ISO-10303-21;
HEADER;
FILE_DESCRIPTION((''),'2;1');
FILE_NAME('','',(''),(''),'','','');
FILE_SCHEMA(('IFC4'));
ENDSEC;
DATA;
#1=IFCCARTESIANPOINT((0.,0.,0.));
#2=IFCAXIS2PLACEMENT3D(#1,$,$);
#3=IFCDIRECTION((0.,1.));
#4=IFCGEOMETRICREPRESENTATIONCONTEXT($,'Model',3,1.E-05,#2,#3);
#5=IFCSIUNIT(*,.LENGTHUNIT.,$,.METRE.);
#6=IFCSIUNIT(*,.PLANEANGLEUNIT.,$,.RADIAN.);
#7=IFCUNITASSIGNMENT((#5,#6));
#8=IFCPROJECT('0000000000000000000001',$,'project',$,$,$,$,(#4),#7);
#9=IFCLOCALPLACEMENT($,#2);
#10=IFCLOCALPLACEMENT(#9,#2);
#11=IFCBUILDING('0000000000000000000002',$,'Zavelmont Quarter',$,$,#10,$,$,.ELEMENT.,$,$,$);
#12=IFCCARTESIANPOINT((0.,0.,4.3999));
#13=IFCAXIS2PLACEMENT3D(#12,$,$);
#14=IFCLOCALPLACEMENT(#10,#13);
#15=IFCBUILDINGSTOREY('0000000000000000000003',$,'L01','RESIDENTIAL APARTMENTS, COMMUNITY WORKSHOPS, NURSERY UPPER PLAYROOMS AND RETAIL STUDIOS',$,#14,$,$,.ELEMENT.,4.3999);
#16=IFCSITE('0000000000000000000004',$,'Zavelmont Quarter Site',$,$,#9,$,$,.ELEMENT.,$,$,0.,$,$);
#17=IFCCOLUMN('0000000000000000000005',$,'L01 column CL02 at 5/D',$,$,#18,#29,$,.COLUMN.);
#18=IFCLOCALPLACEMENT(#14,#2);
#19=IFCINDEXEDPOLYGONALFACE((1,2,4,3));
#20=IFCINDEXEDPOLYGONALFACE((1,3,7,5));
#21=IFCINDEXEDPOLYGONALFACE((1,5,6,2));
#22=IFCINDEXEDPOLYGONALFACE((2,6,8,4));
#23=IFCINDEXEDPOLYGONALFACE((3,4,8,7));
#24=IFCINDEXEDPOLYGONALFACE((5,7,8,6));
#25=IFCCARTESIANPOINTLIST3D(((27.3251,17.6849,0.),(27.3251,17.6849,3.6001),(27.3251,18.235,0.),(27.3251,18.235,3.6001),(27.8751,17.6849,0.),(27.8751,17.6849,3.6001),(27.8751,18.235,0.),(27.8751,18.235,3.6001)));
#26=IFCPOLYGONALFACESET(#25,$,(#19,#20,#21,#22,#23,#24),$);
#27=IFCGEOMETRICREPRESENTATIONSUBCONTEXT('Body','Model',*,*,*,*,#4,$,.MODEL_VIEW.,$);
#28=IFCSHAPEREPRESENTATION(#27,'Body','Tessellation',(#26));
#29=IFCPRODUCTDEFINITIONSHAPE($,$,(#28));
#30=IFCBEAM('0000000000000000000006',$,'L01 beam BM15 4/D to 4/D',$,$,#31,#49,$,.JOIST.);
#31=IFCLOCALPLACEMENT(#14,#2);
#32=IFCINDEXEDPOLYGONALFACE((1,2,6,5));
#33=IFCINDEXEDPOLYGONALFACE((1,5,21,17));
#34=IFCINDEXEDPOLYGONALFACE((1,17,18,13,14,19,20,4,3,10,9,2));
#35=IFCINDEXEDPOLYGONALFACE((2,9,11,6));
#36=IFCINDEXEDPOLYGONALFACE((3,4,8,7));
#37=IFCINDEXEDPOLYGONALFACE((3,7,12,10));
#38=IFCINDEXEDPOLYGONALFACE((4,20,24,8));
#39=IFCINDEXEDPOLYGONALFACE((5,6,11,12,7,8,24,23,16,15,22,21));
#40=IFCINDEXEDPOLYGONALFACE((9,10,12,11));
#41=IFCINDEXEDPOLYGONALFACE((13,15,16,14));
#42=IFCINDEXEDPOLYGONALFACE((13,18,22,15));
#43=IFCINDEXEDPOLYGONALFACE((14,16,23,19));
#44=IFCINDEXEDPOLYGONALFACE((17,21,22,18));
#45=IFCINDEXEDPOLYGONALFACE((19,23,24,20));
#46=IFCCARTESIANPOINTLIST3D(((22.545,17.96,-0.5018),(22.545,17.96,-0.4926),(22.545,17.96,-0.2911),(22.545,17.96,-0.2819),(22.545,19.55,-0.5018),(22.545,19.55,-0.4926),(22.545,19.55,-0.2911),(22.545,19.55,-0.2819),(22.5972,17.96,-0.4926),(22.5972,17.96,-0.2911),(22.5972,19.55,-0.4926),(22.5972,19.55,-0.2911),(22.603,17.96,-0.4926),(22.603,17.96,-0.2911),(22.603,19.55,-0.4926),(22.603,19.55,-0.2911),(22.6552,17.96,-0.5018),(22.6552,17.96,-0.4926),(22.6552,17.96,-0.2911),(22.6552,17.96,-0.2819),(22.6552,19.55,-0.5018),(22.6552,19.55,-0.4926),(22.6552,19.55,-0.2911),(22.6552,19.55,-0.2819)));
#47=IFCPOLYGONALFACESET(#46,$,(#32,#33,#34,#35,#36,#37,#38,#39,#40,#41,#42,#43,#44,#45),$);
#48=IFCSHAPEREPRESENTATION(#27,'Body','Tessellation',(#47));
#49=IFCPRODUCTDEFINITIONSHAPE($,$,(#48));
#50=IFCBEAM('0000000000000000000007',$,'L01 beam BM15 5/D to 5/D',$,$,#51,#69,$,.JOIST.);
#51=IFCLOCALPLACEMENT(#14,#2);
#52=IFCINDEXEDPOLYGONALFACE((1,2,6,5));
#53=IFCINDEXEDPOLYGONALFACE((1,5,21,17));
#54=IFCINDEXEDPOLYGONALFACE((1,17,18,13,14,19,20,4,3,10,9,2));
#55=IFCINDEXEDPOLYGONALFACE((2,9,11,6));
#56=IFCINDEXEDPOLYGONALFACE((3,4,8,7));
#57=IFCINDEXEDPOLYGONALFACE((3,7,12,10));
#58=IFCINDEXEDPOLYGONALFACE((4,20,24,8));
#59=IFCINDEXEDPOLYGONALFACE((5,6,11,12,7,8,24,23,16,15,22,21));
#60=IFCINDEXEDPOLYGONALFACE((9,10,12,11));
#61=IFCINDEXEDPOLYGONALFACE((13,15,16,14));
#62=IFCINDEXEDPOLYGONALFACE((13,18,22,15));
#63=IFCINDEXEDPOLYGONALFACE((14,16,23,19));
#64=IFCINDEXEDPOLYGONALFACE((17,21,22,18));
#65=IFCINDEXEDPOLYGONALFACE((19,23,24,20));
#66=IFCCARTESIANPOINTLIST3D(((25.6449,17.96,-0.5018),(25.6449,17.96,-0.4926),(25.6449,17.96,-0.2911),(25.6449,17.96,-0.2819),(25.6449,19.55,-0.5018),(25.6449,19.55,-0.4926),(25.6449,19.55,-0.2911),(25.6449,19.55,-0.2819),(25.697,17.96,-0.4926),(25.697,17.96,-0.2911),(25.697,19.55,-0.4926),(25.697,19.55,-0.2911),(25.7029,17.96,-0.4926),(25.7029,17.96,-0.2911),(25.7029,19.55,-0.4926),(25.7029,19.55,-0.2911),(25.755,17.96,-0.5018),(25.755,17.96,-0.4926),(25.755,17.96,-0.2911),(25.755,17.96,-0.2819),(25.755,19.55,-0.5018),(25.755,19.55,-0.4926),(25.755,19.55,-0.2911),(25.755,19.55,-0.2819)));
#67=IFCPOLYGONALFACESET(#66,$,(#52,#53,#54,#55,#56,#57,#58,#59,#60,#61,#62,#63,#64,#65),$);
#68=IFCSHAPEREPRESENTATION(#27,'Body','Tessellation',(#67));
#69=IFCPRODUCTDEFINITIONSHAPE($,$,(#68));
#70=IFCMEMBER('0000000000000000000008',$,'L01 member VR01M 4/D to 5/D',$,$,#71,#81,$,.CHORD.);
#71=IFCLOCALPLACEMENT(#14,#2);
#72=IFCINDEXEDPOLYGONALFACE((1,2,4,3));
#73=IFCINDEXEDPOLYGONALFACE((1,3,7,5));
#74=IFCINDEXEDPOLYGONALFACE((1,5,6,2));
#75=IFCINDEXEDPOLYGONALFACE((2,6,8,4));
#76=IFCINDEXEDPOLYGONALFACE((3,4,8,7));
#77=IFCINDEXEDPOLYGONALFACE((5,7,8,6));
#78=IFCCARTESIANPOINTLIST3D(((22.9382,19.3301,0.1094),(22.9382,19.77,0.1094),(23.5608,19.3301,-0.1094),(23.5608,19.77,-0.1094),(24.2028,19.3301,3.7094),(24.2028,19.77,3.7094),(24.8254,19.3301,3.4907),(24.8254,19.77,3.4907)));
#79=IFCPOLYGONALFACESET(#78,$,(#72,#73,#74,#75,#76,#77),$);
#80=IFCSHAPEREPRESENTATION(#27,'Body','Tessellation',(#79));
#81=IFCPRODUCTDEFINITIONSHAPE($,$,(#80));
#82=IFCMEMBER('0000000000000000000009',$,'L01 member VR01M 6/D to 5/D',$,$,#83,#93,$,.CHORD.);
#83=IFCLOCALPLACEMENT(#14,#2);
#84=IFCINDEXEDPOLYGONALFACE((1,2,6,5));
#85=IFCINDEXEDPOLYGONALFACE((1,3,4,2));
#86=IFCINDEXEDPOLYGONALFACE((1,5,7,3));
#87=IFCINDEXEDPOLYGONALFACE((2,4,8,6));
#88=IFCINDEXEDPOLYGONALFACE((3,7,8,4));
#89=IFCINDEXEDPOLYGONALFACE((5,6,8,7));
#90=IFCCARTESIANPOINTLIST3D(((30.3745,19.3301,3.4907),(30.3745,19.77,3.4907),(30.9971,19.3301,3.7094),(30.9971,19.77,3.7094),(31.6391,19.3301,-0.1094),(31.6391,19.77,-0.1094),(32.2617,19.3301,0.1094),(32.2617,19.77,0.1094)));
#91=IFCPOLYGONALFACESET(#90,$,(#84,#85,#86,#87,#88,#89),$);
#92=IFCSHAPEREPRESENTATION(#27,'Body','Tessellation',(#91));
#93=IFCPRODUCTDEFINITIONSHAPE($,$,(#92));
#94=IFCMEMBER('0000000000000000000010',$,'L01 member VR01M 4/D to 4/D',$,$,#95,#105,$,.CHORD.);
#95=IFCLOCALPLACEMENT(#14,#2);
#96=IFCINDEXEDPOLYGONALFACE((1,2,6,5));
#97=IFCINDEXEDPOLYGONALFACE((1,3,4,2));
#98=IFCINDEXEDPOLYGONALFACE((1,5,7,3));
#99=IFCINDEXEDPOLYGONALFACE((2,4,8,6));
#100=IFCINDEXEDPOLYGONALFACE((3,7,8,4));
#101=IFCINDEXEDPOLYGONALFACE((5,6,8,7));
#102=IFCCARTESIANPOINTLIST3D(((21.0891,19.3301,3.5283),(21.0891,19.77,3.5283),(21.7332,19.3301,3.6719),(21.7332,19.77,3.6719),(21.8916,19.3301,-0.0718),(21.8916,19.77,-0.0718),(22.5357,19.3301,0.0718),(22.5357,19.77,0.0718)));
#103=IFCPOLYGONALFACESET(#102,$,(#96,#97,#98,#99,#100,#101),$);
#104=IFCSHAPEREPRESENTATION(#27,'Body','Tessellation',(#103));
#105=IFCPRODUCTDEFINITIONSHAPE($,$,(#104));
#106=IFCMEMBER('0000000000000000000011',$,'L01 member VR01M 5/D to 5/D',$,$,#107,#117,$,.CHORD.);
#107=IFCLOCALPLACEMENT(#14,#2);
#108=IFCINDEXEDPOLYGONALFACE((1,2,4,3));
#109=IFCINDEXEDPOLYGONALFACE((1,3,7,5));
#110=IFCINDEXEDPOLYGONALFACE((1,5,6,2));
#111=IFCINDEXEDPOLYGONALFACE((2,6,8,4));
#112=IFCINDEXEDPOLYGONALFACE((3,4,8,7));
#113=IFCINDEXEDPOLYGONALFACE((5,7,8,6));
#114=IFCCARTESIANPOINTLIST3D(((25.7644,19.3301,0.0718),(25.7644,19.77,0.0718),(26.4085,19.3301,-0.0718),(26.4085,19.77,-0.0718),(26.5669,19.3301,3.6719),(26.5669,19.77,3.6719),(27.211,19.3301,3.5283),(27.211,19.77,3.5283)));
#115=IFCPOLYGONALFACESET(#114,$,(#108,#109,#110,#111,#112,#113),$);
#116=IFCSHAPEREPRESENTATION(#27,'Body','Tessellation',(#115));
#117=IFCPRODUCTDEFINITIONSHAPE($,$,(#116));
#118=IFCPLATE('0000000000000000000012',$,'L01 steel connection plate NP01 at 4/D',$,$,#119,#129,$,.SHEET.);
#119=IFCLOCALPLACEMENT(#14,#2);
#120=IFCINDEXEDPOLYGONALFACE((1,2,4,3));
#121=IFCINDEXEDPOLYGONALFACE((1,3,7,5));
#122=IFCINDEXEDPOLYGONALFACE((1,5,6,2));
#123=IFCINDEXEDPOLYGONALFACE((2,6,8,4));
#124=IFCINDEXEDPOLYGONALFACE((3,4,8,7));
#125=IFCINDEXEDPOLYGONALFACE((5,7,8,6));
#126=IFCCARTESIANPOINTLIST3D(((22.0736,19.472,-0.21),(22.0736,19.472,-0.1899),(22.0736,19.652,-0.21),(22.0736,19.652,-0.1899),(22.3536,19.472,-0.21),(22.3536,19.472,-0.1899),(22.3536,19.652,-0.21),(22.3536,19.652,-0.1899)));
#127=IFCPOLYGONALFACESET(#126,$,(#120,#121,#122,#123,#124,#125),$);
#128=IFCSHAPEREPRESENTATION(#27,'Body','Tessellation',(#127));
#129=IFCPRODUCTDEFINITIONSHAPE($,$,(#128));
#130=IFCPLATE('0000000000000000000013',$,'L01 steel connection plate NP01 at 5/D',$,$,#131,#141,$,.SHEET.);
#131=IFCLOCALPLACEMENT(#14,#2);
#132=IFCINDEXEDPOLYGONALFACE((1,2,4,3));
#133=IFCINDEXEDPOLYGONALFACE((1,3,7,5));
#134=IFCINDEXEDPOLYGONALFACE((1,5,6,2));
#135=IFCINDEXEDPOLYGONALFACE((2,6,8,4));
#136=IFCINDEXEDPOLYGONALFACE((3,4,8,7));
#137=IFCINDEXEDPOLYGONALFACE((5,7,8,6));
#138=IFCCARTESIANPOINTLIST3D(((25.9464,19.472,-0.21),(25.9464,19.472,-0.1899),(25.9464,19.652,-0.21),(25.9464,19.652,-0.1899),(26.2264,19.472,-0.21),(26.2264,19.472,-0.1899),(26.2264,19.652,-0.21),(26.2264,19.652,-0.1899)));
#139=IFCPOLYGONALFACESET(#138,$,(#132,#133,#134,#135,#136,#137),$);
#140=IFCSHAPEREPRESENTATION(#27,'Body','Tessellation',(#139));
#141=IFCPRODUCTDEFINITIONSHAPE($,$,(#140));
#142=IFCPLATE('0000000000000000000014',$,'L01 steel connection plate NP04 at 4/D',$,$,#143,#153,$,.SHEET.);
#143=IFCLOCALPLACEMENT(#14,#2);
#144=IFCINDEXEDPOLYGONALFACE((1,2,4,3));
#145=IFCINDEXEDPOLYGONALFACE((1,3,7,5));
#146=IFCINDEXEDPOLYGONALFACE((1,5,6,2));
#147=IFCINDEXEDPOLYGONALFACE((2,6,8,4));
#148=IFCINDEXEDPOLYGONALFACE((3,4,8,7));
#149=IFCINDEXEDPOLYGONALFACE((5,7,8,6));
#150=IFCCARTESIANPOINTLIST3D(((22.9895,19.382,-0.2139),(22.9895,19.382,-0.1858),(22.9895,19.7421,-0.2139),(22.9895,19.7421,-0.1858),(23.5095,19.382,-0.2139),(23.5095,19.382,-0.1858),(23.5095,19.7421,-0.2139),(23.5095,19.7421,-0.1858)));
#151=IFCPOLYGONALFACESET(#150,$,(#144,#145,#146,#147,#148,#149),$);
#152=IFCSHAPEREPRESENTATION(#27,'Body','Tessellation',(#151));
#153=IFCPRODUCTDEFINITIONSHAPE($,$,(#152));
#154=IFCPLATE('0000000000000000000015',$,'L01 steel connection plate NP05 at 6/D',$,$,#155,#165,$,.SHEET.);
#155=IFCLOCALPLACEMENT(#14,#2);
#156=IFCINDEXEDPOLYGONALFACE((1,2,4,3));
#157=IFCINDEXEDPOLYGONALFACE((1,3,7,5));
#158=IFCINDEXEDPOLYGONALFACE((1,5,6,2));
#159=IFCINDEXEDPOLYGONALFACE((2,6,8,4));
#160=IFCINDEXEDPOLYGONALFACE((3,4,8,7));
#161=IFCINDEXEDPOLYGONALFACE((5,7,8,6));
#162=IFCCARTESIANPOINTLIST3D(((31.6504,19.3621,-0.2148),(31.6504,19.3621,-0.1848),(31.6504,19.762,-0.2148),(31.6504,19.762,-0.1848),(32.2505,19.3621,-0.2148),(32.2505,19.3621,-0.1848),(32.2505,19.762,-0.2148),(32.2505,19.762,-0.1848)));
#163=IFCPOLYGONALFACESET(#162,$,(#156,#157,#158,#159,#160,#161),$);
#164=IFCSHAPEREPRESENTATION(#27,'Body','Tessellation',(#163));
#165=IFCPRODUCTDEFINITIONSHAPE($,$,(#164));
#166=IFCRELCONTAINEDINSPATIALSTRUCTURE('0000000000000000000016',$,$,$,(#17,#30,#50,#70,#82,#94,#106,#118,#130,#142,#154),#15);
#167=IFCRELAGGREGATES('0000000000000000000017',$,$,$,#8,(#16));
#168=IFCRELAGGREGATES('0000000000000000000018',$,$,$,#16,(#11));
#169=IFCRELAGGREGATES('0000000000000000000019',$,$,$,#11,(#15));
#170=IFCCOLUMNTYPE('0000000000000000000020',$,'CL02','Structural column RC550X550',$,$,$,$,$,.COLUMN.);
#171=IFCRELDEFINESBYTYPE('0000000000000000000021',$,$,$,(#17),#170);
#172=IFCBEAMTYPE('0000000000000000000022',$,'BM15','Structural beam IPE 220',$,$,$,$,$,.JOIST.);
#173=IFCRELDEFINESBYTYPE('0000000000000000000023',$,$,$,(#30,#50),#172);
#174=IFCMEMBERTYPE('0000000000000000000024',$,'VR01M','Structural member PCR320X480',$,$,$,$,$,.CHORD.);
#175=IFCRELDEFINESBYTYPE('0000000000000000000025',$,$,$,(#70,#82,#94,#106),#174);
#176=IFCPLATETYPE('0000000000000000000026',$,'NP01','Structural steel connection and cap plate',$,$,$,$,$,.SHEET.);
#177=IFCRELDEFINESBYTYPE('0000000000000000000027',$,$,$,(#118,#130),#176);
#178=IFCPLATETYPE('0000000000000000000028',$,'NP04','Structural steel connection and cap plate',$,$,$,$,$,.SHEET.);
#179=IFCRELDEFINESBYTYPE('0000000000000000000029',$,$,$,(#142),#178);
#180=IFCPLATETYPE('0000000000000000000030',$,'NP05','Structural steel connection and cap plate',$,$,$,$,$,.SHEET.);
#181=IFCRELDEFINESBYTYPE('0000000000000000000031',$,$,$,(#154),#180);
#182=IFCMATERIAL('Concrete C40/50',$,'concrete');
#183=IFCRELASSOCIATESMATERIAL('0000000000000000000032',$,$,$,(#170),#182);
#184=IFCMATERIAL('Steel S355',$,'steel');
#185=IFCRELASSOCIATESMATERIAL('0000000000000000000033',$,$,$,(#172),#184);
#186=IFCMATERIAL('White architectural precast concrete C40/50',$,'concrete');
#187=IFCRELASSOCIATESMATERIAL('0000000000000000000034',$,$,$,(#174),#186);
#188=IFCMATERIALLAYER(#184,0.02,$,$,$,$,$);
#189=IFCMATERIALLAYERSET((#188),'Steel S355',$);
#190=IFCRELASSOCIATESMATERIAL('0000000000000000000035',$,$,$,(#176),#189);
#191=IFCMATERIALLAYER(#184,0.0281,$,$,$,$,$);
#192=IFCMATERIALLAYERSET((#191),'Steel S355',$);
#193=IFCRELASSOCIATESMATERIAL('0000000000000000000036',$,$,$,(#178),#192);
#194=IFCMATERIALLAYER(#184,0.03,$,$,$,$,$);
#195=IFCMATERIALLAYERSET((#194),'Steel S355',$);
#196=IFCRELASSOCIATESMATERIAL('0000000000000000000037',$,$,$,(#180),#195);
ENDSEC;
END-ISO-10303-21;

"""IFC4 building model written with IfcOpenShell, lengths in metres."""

from ifc_helpers import new_model, si_unit, direction, frame, origin, origin_2d, place, context, subcontext, project, spatial, rectangle, i_section, extrude, material, layer, layer_set, material_profile, profile_set, type_object, element, save


model = new_model("IFC4")

# Units and contexts
model_context = context("Model", 3, precision=1e-05, world=origin(), true_north=direction((0.0, 1.0)))
body_context = subcontext(model_context, "Body", "Model", "MODEL_VIEW")
ifc_project = project(units=[si_unit("LENGTHUNIT", "METRE"), si_unit("PLANEANGLEUNIT", "RADIAN")], contexts=[model_context])

# Site, building, storey
site_placement = place(None, origin())
site = spatial("IfcSite", under=ifc_project, at=site_placement, Name="Zavelmont Quarter Site", CompositionType="ELEMENT", RefElevation=0.0)
building_placement = place(site_placement, origin())
building = spatial("IfcBuilding", under=site, at=building_placement, Name="Zavelmont Quarter", CompositionType="ELEMENT")
storey_placement = place(building_placement, frame((0.0, 0.0, 4.3999)))
storey = spatial("IfcBuildingStorey", under=building, at=storey_placement, Name="L01", Description="RESIDENTIAL APARTMENTS, COMMUNITY WORKSHOPS, NURSERY UPPER PLAYROOMS AND RETAIL STUDIOS", CompositionType="ELEMENT", Elevation=4.3999)

# Column
ifc_material_1 = material(Name="Concrete C40/50", Category="concrete")
ifc_material_profile_1 = material_profile(ifc_material_1, rectangle(XDim=0.55, YDim=0.55, at=origin_2d()), Name="RC550X550")
ifc_profile_set_1 = profile_set([ifc_material_profile_1], Name="Concrete C40/50")
column_type = type_object("IfcColumnType", Name="CL02", Description="Structural column RC550X550", PredefinedType="COLUMN", material=ifc_profile_set_1)
column_placement = place(storey_placement, frame((27.6001, 17.96, 0.0), z_axis=(0.0, 0.0, 1.0), x_axis=(1.0, 0.0, 0.0)))
element("IfcColumn", 1, at=column_placement, inside=storey, type_object=column_type, Name="L01 column CL02 at 5/D", PredefinedType="COLUMN", context=body_context, shape_type="SweptSolid", body=[
    extrude(rectangle(XDim=0.55, YDim=0.55, at=origin_2d()), origin(), (0.0, 0.0, 1.0), 3.6001),
])

# Beams
ifc_material_2 = material(Name="Steel S355", Category="steel")
ifc_material_profile_2 = material_profile(ifc_material_2, i_section(OverallWidth=0.1101, OverallDepth=0.22, WebThickness=0.0059, FlangeThickness=0.0093, at=origin_2d()), Name="IPE 220")
ifc_profile_set_2 = profile_set([ifc_material_profile_2], Name="Steel S355")
beam_type = type_object("IfcBeamType", Name="BM15", Description="Structural beam IPE 220", PredefinedType="JOIST", material=ifc_profile_set_2)
for number, where, z_axis, x_axis, name in (
    (2, (22.6001, 17.96, -0.3918), (0.0, 1.0, 0.0), (-1.0, 0.0, 0.0), "L01 beam BM15 4/D to 4/D"),
    (3, (25.7, 17.96, -0.3918), (0.0, 1.0, 0.0), (-1.0, 0.0, 0.0), "L01 beam BM15 5/D to 5/D"),
):
    element("IfcBeam", number, at=place(storey_placement, frame(where, z_axis=z_axis, x_axis=x_axis)), inside=storey, type_object=beam_type, Name=name, PredefinedType="JOIST", context=body_context, shape_type="SweptSolid", body=[
        extrude(i_section(OverallWidth=0.1101, OverallDepth=0.22, WebThickness=0.0059, FlangeThickness=0.0093, at=origin_2d()), origin(), (0.0, 0.0, 1.0), 1.5901),
    ])

# Members
ifc_material_3 = material(Name="White architectural precast concrete C40/50", Category="concrete")
ifc_material_profile_3 = material_profile(ifc_material_3, rectangle(XDim=0.4399, YDim=0.6599, at=origin_2d()), Name="PCR320X480")
ifc_profile_set_3 = profile_set([ifc_material_profile_3], Name="White architectural precast concrete C40/50")
member_type = type_object("IfcMemberType", Name="VR01M", Description="Structural member PCR320X480", PredefinedType="CHORD", material=ifc_profile_set_3)
for number, where, z_axis, x_axis, name in (
    (4, (23.2495, 19.55, 0.0), (0.331428, 0.0, 0.943481), (0.0, 1.0, 0.0), "L01 member VR01M 4/D to 5/D"),
    (5, (31.9504, 19.55, 0.0), (-0.331428, 0.0, 0.943481), (0.0, -1.0, 0.0), "L01 member VR01M 6/D to 5/D"),
):
    element("IfcMember", number, at=place(storey_placement, frame(where, z_axis=z_axis, x_axis=x_axis)), inside=storey, type_object=member_type, Name=name, PredefinedType="CHORD", context=body_context, shape_type="SweptSolid", body=[
        extrude(rectangle(XDim=0.4399, YDim=0.6599, at=origin_2d()), origin(), (0.0, 0.0, 1.0), 3.8157),
    ])
for number, where, z_axis, x_axis, name in (
    (6, (22.2136, 19.55, 0.0), (-0.217568, 0.0, 0.976045), (0.0, -1.0, 0.0), "L01 member VR01M 4/D to 4/D"),
    (7, (26.0864, 19.55, 0.0), (0.217568, 0.0, 0.976045), (0.0, 1.0, 0.0), "L01 member VR01M 5/D to 5/D"),
):
    element("IfcMember", number, at=place(storey_placement, frame(where, z_axis=z_axis, x_axis=x_axis)), inside=storey, type_object=member_type, Name=name, PredefinedType="CHORD", context=body_context, shape_type="SweptSolid", body=[
        extrude(rectangle(XDim=0.4399, YDim=0.6599, at=origin_2d()), origin(), (0.0, 0.0, 1.0), 3.6885),
    ])

# Plates
ifc_layer_1 = layer(ifc_material_2, 0.02)
ifc_layer_set_1 = layer_set([ifc_layer_1], Name="Steel S355")
plate_type_1 = type_object("IfcPlateType", Name="NP01", Description="Structural steel connection and cap plate", PredefinedType="SHEET", material=ifc_layer_set_1)
for number, where, z_axis, x_axis, name in (
    (8, (22.2136, 19.562, -0.21), (0.0, 0.0, 1.0), (1.0, 0.0, 0.0), "L01 steel connection plate NP01 at 4/D"),
    (9, (26.0864, 19.562, -0.21), (0.0, 0.0, 1.0), (1.0, 0.0, 0.0), "L01 steel connection plate NP01 at 5/D"),
):
    element("IfcPlate", number, at=place(storey_placement, frame(where, z_axis=z_axis, x_axis=x_axis)), inside=storey, type_object=plate_type_1, Name=name, PredefinedType="SHEET", context=body_context, shape_type="SweptSolid", body=[
        extrude(rectangle(XDim=0.28, YDim=0.1799, at=origin_2d()), origin(), (0.0, 0.0, 1.0), 0.02),
    ])
ifc_layer_2 = layer(ifc_material_2, 0.0281)
ifc_layer_set_2 = layer_set([ifc_layer_2], Name="Steel S355")
plate_type_2 = type_object("IfcPlateType", Name="NP04", Description="Structural steel connection and cap plate", PredefinedType="SHEET", material=ifc_layer_set_2)
plate_1_placement = place(storey_placement, frame((23.2495, 19.562, -0.2139), z_axis=(0.0, 0.0, 1.0), x_axis=(1.0, 0.0, 0.0)))
element("IfcPlate", 10, at=plate_1_placement, inside=storey, type_object=plate_type_2, Name="L01 steel connection plate NP04 at 4/D", PredefinedType="SHEET", context=body_context, shape_type="SweptSolid", body=[
    extrude(rectangle(XDim=0.52, YDim=0.3601, at=origin_2d()), origin(), (0.0, 0.0, 1.0), 0.0281),
])
ifc_layer_3 = layer(ifc_material_2, 0.03)
ifc_layer_set_3 = layer_set([ifc_layer_3], Name="Steel S355")
plate_type_3 = type_object("IfcPlateType", Name="NP05", Description="Structural steel connection and cap plate", PredefinedType="SHEET", material=ifc_layer_set_3)
plate_2_placement = place(storey_placement, frame((31.9504, 19.562, -0.2148), z_axis=(0.0, 0.0, 1.0), x_axis=(1.0, 0.0, 0.0)))
element("IfcPlate", 11, at=plate_2_placement, inside=storey, type_object=plate_type_3, Name="L01 steel connection plate NP05 at 6/D", PredefinedType="SHEET", context=body_context, shape_type="SweptSolid", body=[
    extrude(rectangle(XDim=0.6001, YDim=0.3999, at=origin_2d()), origin(), (0.0, 0.0, 1.0), 0.03),
])

save(model, "model.ifc")
